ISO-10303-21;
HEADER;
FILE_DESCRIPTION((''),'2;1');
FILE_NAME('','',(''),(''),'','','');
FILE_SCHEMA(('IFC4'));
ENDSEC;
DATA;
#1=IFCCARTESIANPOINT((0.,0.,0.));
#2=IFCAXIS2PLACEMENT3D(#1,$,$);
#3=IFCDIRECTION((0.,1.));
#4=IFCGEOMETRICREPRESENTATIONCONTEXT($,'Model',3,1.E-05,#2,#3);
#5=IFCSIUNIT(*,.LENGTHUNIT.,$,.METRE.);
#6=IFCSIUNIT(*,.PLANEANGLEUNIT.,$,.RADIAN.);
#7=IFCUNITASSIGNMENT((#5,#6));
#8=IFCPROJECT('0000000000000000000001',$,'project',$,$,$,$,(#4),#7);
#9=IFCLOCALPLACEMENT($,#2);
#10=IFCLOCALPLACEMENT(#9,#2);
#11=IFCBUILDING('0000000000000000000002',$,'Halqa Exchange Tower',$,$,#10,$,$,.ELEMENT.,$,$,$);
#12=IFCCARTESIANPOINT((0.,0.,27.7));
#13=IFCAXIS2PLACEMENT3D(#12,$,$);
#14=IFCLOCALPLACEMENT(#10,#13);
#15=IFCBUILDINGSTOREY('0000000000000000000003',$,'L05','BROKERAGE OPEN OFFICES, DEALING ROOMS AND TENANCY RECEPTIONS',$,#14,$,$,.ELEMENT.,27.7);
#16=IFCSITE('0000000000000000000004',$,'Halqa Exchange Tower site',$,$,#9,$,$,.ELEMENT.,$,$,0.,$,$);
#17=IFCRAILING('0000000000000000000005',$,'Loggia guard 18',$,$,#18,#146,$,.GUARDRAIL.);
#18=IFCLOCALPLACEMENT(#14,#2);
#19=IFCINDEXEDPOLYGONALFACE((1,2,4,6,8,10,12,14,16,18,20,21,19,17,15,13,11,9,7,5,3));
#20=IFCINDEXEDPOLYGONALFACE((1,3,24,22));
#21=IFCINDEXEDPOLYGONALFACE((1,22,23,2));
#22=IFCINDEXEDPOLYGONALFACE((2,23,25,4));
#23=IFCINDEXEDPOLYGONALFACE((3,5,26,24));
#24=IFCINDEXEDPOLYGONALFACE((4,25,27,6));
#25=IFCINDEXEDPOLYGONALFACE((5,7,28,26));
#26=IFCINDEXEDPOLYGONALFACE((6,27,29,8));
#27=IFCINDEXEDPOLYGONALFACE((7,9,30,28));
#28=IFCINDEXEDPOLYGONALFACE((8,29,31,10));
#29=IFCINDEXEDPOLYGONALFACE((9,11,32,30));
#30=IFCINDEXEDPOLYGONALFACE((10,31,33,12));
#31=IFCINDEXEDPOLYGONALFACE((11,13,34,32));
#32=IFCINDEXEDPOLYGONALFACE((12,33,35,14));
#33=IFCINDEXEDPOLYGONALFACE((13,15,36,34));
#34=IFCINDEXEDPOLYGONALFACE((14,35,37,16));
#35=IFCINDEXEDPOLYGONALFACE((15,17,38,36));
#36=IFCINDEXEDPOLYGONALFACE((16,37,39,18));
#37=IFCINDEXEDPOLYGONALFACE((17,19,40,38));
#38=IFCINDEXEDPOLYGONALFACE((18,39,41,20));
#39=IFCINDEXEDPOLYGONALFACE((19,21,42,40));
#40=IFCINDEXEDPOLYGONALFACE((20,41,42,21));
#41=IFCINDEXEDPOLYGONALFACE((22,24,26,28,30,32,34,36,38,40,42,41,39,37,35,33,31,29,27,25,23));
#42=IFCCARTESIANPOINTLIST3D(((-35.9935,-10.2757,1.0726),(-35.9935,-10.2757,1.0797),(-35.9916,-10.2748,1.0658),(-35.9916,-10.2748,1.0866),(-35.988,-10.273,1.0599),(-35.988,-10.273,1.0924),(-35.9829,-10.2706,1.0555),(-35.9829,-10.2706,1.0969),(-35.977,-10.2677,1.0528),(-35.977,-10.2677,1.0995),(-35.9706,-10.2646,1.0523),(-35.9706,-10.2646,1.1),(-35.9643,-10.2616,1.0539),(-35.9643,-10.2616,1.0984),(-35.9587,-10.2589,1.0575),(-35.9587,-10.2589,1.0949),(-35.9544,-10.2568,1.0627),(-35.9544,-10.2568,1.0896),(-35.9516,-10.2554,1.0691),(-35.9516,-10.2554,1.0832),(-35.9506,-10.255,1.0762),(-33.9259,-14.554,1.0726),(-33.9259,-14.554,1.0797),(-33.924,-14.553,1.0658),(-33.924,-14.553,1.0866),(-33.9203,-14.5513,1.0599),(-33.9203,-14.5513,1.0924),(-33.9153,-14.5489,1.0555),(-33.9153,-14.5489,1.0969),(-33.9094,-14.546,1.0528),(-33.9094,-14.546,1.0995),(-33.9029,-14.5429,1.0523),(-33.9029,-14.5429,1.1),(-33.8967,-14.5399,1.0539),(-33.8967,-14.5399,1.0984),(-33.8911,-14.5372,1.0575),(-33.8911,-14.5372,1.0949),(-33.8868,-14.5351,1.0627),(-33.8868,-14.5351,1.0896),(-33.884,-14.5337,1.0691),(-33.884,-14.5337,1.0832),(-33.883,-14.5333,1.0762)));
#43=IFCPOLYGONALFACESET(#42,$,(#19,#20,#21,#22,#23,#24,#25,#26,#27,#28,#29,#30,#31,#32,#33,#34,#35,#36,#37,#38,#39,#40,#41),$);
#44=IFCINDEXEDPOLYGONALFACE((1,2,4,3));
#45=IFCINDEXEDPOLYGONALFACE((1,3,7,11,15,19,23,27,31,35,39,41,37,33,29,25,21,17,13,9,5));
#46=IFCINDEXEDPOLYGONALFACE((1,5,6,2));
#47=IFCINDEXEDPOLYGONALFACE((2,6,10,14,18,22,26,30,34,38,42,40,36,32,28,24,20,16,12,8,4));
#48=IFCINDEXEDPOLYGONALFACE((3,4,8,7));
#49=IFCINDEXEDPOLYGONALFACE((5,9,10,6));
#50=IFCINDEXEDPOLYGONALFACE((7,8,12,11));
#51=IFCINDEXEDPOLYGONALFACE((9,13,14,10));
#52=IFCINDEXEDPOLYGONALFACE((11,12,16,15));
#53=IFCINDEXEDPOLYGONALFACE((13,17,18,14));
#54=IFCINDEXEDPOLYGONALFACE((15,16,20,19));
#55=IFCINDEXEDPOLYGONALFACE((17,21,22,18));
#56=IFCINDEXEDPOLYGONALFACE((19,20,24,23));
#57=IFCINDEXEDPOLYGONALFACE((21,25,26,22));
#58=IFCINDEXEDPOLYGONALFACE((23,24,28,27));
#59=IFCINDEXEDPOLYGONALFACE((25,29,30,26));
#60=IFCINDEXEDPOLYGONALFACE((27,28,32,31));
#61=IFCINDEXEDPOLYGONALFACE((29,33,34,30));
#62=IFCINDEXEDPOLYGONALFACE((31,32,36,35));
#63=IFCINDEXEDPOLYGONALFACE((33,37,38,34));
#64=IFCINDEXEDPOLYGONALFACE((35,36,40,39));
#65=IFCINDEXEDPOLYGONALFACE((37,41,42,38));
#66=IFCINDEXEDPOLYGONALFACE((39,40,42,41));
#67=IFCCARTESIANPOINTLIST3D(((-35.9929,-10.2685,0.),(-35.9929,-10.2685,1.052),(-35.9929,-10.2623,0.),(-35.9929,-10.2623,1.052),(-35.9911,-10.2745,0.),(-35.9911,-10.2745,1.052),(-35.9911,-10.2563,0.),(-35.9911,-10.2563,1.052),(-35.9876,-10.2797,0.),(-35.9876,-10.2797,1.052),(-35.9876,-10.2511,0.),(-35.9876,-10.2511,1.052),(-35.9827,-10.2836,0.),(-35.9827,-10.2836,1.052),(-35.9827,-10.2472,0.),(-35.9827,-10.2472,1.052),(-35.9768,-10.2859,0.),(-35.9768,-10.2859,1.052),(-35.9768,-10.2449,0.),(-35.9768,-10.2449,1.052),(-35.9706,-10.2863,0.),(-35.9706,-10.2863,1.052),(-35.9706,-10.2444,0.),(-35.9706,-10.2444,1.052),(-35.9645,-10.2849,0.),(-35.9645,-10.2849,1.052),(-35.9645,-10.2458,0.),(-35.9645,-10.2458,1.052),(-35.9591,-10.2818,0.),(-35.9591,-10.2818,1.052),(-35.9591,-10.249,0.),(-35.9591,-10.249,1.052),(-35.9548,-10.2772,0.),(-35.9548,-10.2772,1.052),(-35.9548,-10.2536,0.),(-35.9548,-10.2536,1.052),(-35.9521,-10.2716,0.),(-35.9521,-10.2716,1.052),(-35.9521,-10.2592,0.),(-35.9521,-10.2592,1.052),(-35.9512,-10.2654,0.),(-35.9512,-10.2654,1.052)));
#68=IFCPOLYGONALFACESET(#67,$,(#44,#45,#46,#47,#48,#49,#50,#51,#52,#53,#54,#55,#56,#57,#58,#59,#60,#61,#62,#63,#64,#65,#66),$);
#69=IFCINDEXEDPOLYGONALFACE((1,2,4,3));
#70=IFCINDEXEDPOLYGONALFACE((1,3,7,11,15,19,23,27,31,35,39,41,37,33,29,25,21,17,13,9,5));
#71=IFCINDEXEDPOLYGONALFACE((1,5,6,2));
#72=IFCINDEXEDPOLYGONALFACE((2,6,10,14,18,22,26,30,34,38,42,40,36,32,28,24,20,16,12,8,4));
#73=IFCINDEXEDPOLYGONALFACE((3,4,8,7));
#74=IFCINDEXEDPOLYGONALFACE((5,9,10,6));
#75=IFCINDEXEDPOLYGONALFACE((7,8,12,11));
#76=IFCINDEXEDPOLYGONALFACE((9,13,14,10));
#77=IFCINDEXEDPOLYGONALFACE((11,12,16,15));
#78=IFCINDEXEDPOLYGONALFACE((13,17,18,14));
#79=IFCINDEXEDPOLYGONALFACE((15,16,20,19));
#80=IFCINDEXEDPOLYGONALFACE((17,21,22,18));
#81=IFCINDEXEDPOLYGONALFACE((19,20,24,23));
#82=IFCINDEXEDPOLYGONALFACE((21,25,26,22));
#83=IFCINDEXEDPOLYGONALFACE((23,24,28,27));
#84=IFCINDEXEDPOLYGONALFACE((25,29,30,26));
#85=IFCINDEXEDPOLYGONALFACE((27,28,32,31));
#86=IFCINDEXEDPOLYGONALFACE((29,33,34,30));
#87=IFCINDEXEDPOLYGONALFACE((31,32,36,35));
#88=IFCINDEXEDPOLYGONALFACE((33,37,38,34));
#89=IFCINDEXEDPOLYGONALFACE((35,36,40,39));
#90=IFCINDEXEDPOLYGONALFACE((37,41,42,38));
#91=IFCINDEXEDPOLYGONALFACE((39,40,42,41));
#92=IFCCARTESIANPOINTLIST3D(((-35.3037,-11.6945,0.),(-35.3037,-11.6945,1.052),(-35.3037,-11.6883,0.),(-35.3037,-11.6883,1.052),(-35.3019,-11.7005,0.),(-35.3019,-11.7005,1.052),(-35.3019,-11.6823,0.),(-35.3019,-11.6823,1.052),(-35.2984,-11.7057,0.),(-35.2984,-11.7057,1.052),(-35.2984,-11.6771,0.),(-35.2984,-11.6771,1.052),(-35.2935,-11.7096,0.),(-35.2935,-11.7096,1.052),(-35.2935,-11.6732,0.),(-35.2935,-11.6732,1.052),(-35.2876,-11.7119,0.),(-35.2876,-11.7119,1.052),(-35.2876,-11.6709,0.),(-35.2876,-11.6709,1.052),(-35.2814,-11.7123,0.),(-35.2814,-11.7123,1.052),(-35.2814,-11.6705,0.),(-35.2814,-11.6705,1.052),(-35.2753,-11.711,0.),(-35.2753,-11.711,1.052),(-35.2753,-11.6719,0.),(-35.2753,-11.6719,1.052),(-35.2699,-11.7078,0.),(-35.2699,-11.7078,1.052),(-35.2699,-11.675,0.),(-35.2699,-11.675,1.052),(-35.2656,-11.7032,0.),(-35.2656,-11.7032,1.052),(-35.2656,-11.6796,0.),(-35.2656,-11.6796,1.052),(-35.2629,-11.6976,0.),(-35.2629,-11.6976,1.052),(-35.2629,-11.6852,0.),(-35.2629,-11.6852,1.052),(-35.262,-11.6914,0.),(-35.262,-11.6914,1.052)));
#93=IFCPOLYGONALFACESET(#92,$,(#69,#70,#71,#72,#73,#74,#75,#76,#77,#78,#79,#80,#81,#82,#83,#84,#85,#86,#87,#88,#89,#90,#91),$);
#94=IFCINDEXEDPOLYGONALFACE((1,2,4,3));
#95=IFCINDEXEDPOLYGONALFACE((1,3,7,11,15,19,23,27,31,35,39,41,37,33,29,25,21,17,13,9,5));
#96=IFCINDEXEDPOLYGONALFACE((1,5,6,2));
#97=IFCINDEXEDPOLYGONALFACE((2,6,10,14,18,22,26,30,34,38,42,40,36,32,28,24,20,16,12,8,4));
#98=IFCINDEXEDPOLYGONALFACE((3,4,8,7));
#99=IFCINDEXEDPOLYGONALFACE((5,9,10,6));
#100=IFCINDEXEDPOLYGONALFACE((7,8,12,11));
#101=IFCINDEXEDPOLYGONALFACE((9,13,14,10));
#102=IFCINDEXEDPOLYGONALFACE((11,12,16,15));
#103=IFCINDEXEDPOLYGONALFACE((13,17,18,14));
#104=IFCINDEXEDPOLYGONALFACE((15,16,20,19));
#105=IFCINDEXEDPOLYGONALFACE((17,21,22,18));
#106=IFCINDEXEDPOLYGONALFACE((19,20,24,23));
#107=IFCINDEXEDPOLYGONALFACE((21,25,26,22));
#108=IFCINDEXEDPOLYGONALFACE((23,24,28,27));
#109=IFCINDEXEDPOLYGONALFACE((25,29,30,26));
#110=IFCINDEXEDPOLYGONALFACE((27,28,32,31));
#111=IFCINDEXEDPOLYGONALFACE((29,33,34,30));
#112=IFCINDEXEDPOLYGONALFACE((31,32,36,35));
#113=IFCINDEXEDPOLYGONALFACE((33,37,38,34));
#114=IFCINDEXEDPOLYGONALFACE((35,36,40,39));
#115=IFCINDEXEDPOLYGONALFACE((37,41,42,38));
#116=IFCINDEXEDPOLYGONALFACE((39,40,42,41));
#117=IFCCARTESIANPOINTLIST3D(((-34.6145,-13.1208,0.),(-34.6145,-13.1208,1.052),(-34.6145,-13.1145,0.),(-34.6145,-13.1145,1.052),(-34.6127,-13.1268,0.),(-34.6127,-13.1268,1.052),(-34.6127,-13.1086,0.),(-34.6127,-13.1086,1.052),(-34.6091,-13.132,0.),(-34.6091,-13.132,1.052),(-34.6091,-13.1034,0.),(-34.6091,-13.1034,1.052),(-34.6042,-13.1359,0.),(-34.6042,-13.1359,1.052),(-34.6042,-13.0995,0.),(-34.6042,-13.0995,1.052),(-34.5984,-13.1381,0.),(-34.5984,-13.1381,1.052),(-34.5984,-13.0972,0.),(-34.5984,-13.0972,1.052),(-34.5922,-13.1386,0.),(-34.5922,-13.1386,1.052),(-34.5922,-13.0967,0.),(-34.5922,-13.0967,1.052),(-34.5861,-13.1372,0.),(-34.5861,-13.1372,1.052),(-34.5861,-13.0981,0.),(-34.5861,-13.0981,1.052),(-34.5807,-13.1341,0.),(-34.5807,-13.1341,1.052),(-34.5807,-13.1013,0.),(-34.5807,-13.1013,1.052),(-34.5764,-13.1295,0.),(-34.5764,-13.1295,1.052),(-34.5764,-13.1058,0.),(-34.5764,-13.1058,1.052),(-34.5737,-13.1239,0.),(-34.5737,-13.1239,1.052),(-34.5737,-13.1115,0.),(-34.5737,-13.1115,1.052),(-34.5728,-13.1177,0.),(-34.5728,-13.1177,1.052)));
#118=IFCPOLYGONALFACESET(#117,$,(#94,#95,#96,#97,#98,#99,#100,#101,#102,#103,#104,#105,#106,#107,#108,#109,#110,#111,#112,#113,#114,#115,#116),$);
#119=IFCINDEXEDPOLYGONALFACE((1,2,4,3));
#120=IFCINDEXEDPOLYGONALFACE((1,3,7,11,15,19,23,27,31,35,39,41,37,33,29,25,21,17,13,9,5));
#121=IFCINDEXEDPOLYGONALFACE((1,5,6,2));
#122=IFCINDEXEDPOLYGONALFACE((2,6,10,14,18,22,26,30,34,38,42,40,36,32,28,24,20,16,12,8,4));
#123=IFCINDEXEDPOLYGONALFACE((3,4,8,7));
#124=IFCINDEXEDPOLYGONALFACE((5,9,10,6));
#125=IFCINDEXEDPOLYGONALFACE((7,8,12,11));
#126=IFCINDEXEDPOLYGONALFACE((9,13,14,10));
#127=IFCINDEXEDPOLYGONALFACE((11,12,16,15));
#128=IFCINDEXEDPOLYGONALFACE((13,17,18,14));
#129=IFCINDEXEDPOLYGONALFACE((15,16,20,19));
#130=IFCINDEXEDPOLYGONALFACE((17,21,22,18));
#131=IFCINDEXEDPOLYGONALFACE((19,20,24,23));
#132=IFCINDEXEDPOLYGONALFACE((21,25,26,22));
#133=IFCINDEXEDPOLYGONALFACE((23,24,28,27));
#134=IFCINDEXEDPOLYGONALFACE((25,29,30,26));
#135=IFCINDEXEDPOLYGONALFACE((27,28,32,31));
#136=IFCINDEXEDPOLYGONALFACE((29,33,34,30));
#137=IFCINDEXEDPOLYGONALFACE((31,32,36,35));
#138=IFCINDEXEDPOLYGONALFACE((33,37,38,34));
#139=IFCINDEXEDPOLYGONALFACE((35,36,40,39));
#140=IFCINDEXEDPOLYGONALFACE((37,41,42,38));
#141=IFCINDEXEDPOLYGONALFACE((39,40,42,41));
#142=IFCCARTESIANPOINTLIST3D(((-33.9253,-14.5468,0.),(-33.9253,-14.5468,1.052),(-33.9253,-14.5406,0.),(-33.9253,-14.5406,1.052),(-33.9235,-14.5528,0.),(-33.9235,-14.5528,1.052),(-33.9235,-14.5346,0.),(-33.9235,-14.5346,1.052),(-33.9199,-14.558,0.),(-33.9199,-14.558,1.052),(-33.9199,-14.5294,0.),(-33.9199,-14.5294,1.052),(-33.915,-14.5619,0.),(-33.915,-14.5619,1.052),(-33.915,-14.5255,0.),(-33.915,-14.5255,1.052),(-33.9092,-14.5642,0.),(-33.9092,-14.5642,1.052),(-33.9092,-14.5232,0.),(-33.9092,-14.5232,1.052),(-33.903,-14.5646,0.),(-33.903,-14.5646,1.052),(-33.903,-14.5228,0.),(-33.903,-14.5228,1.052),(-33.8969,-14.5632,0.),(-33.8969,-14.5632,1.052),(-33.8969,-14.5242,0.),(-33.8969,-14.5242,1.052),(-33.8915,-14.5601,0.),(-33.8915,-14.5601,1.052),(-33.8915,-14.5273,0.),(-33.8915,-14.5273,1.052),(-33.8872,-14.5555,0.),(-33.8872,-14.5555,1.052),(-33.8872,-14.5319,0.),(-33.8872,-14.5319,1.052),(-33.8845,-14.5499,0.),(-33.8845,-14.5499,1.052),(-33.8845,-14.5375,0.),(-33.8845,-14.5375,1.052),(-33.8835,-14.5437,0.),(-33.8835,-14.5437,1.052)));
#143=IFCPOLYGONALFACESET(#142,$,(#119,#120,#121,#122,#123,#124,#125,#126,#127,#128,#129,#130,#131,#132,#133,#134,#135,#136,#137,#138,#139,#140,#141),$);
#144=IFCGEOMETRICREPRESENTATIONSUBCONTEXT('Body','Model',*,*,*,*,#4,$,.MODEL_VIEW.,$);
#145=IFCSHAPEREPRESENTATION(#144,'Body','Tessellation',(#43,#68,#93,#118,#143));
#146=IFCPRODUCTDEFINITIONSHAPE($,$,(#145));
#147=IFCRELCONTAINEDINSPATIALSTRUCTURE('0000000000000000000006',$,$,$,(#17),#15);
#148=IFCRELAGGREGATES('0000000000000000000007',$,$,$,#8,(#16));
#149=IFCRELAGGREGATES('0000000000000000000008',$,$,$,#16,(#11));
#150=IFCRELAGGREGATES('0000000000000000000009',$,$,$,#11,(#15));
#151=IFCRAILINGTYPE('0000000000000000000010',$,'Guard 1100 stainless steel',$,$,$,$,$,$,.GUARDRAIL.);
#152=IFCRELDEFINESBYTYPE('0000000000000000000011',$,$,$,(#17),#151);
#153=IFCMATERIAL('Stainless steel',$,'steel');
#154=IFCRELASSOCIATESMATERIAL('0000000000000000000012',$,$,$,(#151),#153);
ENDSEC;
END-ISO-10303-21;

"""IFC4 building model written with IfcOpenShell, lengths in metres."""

from ifc_helpers import new_model, si_unit, direction, frame, origin, origin_2d, place, context, subcontext, project, spatial, circle, extrude, material, type_object, element, save


model = new_model("IFC4")

# Units and contexts
model_context = context("Model", 3, precision=1e-05, world=origin(), true_north=direction((0.0, 1.0)))
body_context = subcontext(model_context, "Body", "Model", "MODEL_VIEW")
ifc_project = project(units=[si_unit("LENGTHUNIT", "METRE"), si_unit("PLANEANGLEUNIT", "RADIAN")], contexts=[model_context])

# Site, building, storey
site_placement = place(None, origin())
site = spatial("IfcSite", under=ifc_project, at=site_placement, Name="Halqa Exchange Tower site", CompositionType="ELEMENT", RefElevation=0.0)
building_placement = place(site_placement, origin())
building = spatial("IfcBuilding", under=site, at=building_placement, Name="Halqa Exchange Tower", CompositionType="ELEMENT")
storey_placement = place(building_placement, frame((0.0, 0.0, 27.7)))
storey = spatial("IfcBuildingStorey", under=building, at=storey_placement, Name="L05", Description="BROKERAGE OPEN OFFICES, DEALING ROOMS AND TENANCY RECEPTIONS", CompositionType="ELEMENT", Elevation=27.7)

# Railing
ifc_material_1 = material(Name="Stainless steel", Category="steel")
railing_type = type_object("IfcRailingType", Name="Guard 1100 stainless steel", PredefinedType="GUARDRAIL", material=ifc_material_1)
railing_1_placement = place(storey_placement, frame((-35.9722, -10.2654, 0.0)))
element("IfcRailing", 1, at=railing_1_placement, inside=storey, type_object=railing_type, Name="Loggia guard 18", PredefinedType="GUARDRAIL", context=body_context, shape_type="SweptSolid", body=[
    extrude(circle(Radius=0.0239, at=origin_2d()), frame((0.0, 0.0, 1.0762), z_axis=(0.43513, -0.900368, 0.0), x_axis=(0.900368, 0.43513, 0.0)), (0.0, 0.0, 1.0), 4.7517),
    extrude(circle(Radius=0.021, at=origin_2d()), origin(), (0.0, 0.0, 1.0), 1.052),
    extrude(circle(Radius=0.021, at=origin_2d()), frame((0.6892, -1.426, 0.0)), (0.0, 0.0, 1.0), 1.052),
    extrude(circle(Radius=0.021, at=origin_2d()), frame((1.3784, -2.8523, 0.0)), (0.0, 0.0, 1.0), 1.052),
    extrude(circle(Radius=0.021, at=origin_2d()), frame((2.0676, -4.2783, 0.0)), (0.0, 0.0, 1.0), 1.052),
])

save(model, "model.ifc")
